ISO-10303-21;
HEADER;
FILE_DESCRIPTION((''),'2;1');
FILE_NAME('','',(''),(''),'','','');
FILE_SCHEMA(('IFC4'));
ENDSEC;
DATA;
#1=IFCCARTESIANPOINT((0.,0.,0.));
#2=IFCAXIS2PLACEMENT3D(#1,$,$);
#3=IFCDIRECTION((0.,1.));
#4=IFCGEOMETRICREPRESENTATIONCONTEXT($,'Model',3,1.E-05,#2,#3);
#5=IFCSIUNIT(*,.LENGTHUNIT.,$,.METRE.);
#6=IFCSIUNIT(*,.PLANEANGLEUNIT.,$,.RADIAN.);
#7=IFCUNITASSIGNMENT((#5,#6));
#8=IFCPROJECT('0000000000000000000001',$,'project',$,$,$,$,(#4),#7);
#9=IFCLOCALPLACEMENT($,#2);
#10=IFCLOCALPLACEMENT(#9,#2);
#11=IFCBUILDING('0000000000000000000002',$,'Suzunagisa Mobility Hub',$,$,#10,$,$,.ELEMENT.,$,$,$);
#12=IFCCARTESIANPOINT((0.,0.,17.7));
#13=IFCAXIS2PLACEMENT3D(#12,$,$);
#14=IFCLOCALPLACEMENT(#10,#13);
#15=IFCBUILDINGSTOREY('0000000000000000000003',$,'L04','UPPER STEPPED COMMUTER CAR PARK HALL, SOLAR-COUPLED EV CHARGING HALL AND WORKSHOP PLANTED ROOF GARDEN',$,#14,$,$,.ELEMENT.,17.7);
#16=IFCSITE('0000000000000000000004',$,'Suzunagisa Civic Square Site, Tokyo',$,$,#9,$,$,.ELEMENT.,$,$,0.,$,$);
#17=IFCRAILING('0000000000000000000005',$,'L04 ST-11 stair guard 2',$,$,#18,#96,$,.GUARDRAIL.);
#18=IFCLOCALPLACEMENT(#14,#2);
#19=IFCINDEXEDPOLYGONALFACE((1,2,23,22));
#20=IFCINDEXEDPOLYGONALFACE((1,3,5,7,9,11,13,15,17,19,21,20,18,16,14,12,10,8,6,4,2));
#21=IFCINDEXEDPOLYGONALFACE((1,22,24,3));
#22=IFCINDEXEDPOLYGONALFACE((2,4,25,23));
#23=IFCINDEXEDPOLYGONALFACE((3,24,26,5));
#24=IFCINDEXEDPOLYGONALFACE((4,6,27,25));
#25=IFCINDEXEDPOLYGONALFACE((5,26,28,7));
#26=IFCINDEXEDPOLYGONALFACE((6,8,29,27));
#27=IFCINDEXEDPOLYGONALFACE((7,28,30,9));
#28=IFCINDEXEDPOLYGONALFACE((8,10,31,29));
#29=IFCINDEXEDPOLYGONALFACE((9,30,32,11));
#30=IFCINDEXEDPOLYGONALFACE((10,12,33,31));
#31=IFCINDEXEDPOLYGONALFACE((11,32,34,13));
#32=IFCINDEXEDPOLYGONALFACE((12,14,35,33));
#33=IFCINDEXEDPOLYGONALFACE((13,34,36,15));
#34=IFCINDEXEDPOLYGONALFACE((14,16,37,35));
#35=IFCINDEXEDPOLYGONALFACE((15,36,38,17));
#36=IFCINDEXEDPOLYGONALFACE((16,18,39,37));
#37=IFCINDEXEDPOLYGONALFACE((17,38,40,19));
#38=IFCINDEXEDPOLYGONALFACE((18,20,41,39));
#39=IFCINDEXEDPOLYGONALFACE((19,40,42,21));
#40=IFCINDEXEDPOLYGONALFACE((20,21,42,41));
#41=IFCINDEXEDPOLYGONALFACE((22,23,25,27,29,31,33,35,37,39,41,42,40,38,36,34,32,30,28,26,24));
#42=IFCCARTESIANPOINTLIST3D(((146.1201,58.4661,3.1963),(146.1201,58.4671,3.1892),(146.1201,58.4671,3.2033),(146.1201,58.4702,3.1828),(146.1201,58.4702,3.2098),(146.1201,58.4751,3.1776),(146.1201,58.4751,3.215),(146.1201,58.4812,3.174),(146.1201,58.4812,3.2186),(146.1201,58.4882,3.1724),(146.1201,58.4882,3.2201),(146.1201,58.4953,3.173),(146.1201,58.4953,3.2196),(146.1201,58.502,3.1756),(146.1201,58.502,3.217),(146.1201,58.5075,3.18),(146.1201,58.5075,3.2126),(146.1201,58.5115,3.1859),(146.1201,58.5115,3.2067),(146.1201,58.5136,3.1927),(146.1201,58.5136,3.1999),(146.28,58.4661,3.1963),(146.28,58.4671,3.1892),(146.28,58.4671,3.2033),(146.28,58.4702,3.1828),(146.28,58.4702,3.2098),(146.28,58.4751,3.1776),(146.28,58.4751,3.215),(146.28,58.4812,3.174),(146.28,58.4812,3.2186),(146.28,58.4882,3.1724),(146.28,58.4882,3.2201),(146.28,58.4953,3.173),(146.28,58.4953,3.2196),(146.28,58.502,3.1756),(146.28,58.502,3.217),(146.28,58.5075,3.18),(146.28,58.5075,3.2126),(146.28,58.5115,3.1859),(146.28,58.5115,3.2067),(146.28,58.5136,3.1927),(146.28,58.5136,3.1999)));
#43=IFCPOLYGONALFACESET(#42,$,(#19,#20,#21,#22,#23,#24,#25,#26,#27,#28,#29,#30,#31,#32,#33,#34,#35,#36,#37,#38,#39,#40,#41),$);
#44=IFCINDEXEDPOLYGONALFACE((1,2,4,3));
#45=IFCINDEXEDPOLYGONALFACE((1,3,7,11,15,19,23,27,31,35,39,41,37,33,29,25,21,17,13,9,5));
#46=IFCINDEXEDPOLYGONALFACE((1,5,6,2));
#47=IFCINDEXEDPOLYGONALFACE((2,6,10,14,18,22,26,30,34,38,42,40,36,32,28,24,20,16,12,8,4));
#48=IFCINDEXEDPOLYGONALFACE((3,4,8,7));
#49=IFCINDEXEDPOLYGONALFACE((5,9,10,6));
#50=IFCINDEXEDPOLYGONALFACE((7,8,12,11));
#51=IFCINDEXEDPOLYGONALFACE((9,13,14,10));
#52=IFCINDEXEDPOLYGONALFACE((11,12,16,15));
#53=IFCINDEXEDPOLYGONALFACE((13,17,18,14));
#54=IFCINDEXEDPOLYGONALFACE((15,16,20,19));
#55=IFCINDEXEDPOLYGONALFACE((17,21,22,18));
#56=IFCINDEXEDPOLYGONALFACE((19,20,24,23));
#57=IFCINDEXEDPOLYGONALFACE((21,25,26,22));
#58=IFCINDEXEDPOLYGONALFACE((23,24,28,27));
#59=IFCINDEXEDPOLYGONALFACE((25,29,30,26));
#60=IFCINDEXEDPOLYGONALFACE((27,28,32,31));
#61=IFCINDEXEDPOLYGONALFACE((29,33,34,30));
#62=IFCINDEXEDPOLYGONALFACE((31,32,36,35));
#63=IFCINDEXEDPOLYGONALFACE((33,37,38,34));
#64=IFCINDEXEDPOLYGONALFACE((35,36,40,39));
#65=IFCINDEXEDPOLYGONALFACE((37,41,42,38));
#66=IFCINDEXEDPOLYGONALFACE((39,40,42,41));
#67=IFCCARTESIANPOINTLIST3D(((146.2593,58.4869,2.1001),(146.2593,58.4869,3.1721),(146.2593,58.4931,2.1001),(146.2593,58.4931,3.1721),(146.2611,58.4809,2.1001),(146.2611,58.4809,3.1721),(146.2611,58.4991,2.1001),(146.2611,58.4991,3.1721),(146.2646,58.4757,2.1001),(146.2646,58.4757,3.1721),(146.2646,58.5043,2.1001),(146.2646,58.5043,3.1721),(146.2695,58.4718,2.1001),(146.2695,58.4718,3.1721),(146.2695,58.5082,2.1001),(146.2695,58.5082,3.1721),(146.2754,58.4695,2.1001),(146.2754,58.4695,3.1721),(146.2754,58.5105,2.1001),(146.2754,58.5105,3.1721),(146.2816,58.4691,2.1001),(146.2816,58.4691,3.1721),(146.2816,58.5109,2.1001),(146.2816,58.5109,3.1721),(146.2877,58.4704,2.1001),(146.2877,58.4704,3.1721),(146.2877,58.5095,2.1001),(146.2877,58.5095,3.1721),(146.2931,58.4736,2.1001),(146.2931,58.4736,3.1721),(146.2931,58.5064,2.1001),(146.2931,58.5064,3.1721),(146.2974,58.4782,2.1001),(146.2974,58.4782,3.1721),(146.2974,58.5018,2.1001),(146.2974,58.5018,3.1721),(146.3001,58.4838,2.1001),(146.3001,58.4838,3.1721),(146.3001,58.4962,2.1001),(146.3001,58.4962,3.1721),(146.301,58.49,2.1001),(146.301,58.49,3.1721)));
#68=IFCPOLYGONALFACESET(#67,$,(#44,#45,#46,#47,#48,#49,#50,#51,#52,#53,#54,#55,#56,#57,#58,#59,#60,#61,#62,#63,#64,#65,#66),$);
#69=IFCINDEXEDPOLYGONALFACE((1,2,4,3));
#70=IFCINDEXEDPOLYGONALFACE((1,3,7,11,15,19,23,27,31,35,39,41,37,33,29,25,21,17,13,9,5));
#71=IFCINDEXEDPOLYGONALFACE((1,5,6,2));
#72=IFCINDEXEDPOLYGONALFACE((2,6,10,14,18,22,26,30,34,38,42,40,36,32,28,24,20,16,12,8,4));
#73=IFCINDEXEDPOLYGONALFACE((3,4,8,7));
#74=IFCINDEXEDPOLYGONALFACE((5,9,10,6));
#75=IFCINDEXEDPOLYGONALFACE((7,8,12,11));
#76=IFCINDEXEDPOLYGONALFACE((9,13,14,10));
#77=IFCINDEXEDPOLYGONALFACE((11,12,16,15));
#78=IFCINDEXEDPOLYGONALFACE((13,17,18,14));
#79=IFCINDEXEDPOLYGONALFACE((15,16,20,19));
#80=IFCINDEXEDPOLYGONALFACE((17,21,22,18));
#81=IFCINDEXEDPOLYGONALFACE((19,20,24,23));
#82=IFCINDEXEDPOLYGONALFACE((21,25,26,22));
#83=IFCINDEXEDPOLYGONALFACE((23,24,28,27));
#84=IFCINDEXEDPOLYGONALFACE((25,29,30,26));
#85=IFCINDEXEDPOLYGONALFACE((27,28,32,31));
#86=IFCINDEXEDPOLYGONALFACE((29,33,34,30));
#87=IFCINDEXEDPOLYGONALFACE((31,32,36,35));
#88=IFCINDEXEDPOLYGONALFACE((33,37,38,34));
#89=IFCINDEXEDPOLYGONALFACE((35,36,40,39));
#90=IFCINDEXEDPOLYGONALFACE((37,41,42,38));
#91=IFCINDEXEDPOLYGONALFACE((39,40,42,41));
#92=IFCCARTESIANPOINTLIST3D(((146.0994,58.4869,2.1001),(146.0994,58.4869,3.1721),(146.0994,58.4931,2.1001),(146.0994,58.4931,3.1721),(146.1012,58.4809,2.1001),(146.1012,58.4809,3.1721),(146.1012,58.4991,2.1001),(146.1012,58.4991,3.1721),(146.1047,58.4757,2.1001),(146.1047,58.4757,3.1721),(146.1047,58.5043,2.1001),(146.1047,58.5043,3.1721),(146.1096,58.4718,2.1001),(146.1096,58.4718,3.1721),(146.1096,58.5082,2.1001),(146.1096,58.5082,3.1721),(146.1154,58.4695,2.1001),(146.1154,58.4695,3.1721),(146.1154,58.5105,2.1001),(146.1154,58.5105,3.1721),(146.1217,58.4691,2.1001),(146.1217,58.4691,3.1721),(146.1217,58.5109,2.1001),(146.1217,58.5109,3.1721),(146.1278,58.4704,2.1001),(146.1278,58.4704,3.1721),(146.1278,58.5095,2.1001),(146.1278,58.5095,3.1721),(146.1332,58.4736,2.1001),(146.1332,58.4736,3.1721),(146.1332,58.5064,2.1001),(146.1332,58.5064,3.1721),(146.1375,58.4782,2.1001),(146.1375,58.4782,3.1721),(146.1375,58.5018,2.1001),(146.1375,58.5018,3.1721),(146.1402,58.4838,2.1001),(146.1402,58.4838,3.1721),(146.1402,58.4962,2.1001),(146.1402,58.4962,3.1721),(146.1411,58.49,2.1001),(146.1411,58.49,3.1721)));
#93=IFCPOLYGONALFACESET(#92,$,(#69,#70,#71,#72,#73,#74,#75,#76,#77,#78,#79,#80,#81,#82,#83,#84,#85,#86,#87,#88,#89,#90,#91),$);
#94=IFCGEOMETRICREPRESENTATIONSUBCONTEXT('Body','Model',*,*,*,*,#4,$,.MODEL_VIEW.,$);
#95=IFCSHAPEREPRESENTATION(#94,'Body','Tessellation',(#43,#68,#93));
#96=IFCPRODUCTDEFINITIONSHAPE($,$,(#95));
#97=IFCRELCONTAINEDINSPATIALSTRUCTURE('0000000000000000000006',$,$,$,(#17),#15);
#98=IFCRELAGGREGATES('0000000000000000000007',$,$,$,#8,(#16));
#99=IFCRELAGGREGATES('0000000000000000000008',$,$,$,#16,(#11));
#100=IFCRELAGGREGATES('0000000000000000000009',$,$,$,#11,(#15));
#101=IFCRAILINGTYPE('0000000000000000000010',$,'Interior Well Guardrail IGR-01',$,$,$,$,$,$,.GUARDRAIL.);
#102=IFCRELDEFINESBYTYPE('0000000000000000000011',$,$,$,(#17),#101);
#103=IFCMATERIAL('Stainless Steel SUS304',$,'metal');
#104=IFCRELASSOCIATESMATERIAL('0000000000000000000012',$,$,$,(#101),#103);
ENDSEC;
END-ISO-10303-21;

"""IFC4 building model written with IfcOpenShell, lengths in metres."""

from ifc_helpers import new_model, si_unit, direction, frame, origin, origin_2d, place, context, subcontext, project, spatial, circle, extrude, material, type_object, element, save


model = new_model("IFC4")

# Units and contexts
model_context = context("Model", 3, precision=1e-05, world=origin(), true_north=direction((0.0, 1.0)))
body_context = subcontext(model_context, "Body", "Model", "MODEL_VIEW")
ifc_project = project(units=[si_unit("LENGTHUNIT", "METRE"), si_unit("PLANEANGLEUNIT", "RADIAN")], contexts=[model_context])

# Site, building, storey
site_placement = place(None, origin())
site = spatial("IfcSite", under=ifc_project, at=site_placement, Name="Suzunagisa Civic Square Site, Tokyo", CompositionType="ELEMENT", RefElevation=0.0)
building_placement = place(site_placement, origin())
building = spatial("IfcBuilding", under=site, at=building_placement, Name="Suzunagisa Mobility Hub", CompositionType="ELEMENT")
storey_placement = place(building_placement, frame((0.0, 0.0, 17.7)))
storey = spatial("IfcBuildingStorey", under=building, at=storey_placement, Name="L04", Description="UPPER STEPPED COMMUTER CAR PARK HALL, SOLAR-COUPLED EV CHARGING HALL AND WORKSHOP PLANTED ROOF GARDEN", CompositionType="ELEMENT", Elevation=17.7)

# Railing
ifc_material_1 = material(Name="Stainless Steel SUS304", Category="metal")
railing_type = type_object("IfcRailingType", Name="Interior Well Guardrail IGR-01", PredefinedType="GUARDRAIL", material=ifc_material_1)
railing_1_placement = place(storey_placement, frame((146.28, 58.49, 2.1001)))
element("IfcRailing", 1, at=railing_1_placement, inside=storey, type_object=railing_type, Name="L04 ST-11 stair guard 2", PredefinedType="GUARDRAIL", context=body_context, shape_type="SweptSolid", body=[
    extrude(circle(Radius=0.0239, at=origin_2d()), frame((0.0, 0.0, 1.0962), z_axis=(-1.0, 0.0, 0.0), x_axis=(0.0, -1.0, 0.0)), (0.0, 0.0, 1.0), 0.1599),
    extrude(circle(Radius=0.021, at=origin_2d()), origin(), (0.0, 0.0, 1.0), 1.072),
    extrude(circle(Radius=0.021, at=origin_2d()), frame((-0.1599, 0.0, 0.0)), (0.0, 0.0, 1.0), 1.072),
])

save(model, "model.ifc")
